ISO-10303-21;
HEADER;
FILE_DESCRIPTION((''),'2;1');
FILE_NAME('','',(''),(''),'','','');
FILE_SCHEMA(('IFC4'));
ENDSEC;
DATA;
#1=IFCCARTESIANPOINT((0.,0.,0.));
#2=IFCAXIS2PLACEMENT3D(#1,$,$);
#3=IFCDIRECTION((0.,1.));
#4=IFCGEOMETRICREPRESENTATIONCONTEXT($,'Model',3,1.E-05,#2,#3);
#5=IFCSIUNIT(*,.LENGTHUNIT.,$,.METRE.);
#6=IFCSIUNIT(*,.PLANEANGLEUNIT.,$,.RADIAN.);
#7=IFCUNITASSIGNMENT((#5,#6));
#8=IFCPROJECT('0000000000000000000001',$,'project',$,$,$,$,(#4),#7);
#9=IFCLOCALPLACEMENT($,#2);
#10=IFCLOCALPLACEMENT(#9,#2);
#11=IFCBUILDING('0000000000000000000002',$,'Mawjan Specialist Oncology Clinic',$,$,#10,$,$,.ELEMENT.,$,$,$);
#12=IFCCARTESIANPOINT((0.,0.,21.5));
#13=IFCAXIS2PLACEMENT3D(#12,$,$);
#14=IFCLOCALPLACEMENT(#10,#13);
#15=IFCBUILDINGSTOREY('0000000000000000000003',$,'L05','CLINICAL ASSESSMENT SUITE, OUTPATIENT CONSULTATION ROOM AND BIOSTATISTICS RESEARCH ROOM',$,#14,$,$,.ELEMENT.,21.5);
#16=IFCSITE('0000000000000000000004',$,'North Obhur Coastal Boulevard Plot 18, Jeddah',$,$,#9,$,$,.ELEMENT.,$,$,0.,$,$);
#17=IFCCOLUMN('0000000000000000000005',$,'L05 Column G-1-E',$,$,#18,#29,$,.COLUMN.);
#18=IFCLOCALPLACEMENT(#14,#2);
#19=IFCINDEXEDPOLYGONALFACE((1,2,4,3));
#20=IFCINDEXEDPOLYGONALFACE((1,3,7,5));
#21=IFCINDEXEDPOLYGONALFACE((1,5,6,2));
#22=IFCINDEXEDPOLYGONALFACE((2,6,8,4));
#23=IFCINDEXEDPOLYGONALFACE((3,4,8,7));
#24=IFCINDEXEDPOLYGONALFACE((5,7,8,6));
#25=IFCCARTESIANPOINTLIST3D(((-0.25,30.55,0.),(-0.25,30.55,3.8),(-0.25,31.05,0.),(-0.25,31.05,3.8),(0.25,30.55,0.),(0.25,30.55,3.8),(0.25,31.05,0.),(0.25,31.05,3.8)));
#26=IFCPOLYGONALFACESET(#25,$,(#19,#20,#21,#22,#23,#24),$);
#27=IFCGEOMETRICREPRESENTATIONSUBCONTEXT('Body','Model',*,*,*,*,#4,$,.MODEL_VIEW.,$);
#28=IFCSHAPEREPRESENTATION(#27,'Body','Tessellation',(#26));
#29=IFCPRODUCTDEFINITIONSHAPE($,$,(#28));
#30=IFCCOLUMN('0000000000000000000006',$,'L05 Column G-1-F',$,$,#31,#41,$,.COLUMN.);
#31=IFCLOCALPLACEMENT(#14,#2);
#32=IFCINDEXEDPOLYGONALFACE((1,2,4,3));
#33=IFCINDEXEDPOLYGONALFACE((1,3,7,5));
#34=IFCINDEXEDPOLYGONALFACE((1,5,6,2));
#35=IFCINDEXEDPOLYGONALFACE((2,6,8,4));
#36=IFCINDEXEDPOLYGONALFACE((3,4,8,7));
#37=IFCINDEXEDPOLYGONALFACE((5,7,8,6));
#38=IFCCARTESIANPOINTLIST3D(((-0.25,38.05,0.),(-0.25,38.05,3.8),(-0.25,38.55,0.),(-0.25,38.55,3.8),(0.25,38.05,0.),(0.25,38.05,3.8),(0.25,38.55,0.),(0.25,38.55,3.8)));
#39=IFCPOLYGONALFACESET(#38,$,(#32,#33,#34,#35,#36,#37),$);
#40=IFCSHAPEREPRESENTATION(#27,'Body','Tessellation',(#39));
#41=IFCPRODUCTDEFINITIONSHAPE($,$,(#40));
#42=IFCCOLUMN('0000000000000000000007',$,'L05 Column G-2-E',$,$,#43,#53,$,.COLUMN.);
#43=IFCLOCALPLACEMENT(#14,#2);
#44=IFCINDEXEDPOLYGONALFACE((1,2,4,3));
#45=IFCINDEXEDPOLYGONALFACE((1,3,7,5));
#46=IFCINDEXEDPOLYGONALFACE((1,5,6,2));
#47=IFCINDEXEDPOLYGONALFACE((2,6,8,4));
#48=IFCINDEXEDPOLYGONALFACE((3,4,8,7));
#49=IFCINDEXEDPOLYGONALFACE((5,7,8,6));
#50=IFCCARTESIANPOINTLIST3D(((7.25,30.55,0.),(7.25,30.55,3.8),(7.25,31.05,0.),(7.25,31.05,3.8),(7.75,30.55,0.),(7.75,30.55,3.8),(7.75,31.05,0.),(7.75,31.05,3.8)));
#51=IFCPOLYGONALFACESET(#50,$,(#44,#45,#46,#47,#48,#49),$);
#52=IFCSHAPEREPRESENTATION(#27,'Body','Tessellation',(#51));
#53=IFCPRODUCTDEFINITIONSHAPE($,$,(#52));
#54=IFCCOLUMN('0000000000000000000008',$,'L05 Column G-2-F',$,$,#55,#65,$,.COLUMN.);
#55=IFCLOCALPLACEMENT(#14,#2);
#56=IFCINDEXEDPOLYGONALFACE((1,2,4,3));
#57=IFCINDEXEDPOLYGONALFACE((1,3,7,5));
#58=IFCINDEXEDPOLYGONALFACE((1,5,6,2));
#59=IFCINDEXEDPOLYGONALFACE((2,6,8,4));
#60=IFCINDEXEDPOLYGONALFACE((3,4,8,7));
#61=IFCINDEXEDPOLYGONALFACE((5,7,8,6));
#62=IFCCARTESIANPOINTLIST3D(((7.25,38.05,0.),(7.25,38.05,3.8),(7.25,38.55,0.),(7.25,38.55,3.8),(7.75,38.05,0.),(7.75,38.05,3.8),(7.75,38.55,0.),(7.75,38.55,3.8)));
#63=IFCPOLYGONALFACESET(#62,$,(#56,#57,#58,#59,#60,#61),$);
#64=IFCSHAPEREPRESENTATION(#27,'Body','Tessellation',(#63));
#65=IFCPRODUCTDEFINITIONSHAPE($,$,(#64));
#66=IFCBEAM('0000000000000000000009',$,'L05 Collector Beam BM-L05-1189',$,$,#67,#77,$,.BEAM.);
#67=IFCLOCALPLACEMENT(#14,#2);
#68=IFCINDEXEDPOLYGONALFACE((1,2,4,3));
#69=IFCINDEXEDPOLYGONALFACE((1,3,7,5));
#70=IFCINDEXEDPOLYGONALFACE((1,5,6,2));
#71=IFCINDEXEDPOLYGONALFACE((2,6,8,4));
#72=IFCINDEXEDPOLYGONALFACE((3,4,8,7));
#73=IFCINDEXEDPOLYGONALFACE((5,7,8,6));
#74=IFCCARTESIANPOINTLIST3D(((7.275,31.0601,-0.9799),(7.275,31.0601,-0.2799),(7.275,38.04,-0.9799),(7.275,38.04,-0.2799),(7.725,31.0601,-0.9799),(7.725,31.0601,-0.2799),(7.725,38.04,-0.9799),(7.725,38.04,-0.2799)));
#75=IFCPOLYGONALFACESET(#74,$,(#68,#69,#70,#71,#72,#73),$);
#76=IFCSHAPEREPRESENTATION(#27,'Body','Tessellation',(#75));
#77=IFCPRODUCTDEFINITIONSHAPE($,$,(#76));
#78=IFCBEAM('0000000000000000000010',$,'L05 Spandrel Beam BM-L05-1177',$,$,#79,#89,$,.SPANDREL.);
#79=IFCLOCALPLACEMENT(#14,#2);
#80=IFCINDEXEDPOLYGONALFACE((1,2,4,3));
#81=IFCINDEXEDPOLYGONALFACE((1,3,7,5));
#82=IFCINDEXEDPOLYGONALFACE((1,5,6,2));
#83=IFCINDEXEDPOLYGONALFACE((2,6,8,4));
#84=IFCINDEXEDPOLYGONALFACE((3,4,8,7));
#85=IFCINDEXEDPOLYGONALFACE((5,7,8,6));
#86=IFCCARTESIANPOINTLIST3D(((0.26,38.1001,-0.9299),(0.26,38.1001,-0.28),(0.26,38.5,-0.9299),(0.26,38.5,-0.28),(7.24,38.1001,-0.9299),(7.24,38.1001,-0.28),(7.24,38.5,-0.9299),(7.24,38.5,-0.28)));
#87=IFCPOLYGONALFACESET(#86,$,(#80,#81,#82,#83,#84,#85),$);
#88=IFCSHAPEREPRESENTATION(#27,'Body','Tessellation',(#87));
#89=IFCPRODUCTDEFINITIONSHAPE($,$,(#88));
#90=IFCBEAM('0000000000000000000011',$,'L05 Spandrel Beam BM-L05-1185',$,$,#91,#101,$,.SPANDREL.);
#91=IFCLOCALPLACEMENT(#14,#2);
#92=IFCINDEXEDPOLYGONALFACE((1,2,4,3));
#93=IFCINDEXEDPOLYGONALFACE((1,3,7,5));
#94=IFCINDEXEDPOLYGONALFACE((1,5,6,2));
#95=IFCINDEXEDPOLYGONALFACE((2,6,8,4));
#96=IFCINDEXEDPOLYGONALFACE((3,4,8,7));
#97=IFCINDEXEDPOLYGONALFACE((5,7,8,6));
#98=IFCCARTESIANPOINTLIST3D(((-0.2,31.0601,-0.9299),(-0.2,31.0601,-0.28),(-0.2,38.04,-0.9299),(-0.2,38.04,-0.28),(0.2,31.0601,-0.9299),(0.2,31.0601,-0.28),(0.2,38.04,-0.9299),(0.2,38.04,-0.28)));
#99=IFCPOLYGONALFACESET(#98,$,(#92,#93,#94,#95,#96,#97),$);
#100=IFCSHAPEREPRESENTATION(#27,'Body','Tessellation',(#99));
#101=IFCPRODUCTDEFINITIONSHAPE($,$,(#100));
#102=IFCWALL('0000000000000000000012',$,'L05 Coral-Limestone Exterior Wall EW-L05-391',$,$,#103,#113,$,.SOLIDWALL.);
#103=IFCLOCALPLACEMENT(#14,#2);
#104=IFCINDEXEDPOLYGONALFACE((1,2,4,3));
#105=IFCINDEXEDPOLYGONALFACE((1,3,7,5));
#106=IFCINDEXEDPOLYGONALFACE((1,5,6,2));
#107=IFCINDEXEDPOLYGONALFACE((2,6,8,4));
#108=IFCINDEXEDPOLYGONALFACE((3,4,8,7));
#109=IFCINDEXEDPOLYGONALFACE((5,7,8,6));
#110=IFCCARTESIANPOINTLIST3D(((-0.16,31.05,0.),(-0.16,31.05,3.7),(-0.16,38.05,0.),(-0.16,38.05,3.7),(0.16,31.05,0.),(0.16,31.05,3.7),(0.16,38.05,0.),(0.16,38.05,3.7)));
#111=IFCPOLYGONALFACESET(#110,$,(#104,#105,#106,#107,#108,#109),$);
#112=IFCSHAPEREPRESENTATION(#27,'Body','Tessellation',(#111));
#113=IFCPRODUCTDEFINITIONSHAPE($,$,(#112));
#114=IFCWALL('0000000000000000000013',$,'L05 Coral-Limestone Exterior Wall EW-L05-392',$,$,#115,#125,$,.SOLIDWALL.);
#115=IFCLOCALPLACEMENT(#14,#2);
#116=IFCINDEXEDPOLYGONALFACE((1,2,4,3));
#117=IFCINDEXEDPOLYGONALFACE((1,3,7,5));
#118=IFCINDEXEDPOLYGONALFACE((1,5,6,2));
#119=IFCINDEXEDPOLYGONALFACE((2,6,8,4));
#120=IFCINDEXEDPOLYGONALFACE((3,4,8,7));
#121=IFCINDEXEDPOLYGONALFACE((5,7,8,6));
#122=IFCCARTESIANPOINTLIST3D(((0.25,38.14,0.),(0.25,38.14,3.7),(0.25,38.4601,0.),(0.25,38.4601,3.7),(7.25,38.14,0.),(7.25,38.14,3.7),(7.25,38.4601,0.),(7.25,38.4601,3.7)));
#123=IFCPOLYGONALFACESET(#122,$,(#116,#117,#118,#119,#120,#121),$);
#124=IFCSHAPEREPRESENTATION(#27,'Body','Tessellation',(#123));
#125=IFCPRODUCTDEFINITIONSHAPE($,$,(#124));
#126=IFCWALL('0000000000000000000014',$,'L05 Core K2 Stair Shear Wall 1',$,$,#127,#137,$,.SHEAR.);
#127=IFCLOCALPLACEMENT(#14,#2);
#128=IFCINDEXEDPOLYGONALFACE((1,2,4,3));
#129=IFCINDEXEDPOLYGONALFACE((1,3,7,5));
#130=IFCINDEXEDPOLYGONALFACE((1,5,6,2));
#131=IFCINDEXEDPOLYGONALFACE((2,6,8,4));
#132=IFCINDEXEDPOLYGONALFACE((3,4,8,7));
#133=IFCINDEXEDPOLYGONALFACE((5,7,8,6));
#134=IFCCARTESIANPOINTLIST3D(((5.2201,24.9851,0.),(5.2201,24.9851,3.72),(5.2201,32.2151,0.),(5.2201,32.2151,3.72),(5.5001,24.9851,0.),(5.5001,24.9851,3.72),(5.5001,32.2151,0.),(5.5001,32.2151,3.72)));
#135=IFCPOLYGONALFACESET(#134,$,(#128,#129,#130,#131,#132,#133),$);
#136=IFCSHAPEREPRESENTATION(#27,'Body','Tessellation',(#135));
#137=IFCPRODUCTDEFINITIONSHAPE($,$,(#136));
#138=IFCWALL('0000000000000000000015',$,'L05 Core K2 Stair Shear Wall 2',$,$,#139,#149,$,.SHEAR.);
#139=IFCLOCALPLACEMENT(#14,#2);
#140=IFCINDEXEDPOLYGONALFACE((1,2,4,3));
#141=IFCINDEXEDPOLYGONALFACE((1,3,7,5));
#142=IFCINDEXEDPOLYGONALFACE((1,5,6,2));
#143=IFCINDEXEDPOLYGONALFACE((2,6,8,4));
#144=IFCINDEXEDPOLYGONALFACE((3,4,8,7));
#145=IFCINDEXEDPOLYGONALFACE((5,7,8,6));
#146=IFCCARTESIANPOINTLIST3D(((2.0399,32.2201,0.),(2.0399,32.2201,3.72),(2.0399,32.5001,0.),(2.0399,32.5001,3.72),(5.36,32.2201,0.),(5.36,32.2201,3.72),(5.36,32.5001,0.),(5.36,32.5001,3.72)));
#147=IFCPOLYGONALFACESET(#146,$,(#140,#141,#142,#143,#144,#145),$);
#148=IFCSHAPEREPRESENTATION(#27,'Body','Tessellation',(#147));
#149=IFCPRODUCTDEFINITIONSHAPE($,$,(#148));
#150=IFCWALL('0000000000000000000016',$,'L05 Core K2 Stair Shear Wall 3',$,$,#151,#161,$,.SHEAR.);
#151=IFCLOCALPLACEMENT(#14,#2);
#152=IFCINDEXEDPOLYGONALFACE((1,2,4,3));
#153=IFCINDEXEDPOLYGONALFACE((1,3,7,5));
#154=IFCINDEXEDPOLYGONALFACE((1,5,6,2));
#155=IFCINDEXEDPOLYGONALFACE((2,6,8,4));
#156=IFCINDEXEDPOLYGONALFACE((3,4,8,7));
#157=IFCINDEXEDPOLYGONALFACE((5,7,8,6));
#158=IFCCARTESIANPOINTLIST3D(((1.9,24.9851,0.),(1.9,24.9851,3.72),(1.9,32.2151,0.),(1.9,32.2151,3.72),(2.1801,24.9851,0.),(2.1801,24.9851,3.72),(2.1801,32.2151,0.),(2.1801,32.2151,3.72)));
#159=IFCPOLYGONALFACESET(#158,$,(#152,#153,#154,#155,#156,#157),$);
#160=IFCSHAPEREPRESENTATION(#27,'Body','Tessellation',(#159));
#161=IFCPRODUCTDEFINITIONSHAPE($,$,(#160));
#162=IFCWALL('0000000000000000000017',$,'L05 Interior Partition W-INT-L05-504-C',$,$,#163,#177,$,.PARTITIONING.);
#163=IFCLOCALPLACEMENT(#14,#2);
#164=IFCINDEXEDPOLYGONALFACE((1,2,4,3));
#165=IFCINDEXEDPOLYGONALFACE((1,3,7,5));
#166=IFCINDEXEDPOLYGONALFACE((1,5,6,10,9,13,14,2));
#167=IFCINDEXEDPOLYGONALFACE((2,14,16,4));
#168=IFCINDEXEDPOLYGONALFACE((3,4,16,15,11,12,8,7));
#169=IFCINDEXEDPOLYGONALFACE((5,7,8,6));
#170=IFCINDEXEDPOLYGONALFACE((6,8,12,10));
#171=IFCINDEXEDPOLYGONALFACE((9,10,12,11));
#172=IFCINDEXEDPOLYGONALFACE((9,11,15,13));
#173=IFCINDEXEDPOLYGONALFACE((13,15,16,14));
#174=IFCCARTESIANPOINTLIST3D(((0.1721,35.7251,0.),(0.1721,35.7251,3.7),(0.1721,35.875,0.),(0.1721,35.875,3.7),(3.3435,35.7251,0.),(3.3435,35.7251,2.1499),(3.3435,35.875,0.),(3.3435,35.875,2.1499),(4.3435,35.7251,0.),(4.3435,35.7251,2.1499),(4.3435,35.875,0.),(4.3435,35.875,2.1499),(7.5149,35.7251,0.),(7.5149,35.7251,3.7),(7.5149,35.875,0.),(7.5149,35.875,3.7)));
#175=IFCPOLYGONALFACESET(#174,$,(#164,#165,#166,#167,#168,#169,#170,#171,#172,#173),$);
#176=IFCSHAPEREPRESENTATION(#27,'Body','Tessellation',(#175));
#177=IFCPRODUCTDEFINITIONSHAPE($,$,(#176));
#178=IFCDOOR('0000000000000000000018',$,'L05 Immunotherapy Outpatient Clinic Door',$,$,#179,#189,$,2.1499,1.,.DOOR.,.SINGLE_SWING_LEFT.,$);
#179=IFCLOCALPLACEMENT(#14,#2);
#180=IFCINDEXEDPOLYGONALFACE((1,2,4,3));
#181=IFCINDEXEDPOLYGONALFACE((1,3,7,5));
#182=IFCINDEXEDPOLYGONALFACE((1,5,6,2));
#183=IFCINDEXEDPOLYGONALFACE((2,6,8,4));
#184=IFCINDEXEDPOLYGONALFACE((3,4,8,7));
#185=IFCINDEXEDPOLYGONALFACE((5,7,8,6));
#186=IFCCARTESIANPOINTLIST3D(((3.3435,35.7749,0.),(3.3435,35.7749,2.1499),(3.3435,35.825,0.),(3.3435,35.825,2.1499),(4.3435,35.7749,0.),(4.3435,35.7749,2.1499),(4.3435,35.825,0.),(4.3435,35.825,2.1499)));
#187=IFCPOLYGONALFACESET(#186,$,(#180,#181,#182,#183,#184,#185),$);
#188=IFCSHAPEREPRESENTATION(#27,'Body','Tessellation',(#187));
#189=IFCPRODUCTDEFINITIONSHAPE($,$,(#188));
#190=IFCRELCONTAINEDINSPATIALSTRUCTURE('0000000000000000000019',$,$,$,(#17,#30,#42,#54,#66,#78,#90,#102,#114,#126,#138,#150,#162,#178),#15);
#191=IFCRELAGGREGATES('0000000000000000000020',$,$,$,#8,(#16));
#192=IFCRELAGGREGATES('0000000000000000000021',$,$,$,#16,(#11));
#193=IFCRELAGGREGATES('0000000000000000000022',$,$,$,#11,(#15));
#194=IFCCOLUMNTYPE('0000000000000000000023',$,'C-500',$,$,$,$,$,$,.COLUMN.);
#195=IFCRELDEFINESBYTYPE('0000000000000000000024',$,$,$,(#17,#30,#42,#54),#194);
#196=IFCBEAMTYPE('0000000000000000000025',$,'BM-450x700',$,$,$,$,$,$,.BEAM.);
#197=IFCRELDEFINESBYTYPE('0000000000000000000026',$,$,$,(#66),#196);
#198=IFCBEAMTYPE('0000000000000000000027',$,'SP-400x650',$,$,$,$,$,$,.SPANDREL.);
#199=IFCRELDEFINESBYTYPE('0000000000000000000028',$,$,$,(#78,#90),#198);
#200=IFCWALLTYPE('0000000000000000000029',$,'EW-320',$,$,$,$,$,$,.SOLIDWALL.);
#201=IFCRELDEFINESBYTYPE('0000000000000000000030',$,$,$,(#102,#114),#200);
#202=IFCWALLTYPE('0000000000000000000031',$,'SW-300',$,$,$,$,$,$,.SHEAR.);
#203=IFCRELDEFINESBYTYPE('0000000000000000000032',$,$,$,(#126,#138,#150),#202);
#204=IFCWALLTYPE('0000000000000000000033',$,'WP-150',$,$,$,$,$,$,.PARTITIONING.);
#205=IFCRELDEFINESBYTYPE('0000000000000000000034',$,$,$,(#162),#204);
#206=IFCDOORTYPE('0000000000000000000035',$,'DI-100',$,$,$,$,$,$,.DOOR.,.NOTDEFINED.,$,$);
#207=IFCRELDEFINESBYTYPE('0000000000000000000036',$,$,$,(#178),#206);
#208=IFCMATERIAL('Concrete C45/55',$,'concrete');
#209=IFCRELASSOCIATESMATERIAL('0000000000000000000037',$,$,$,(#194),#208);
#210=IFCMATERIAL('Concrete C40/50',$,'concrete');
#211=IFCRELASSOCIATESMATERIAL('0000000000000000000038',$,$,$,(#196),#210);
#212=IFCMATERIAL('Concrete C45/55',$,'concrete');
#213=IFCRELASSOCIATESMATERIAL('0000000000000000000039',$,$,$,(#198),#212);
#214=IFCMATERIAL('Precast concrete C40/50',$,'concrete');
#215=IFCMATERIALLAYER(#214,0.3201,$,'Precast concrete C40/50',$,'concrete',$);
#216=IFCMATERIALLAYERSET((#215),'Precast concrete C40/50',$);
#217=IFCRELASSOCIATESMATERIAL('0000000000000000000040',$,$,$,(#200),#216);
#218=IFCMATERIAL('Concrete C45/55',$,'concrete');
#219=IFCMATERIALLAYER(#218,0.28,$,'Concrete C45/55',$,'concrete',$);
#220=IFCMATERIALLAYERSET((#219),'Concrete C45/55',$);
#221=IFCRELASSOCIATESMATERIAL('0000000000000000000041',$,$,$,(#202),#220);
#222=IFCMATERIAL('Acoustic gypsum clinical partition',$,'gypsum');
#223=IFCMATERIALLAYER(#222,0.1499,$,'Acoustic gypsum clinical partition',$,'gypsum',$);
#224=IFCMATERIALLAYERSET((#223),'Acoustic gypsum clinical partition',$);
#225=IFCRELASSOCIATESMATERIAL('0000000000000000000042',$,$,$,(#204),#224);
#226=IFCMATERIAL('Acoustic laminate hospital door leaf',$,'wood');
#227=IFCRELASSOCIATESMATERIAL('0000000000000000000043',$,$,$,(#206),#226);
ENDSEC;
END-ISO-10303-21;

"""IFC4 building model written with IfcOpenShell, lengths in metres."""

from ifc_helpers import new_model, si_unit, direction, frame, frame_2d, origin, origin_2d, place, context, subcontext, project, spatial, rectangle, extrude, material, layer, layer_set, material_profile, profile_set, type_object, element, fill, save


model = new_model("IFC4")

# Units and contexts
model_context = context("Model", 3, precision=1e-05, world=origin(), true_north=direction((0.0, 1.0)))
body_context = subcontext(model_context, "Body", "Model", "MODEL_VIEW")
ifc_project = project(units=[si_unit("LENGTHUNIT", "METRE"), si_unit("PLANEANGLEUNIT", "RADIAN")], contexts=[model_context])

# Site, building, storey
site_placement = place(None, origin())
site = spatial("IfcSite", under=ifc_project, at=site_placement, Name="North Obhur Coastal Boulevard Plot 18, Jeddah", CompositionType="ELEMENT", RefElevation=0.0)
building_placement = place(site_placement, origin())
building = spatial("IfcBuilding", under=site, at=building_placement, Name="Mawjan Specialist Oncology Clinic", CompositionType="ELEMENT")
storey_placement = place(building_placement, frame((0.0, 0.0, 21.5)))
storey = spatial("IfcBuildingStorey", under=building, at=storey_placement, Name="L05", Description="CLINICAL ASSESSMENT SUITE, OUTPATIENT CONSULTATION ROOM AND BIOSTATISTICS RESEARCH ROOM", CompositionType="ELEMENT", Elevation=21.5)

# Columns
ifc_material_1 = material(Name="Concrete C45/55", Category="concrete")
ifc_material_profile_1 = material_profile(ifc_material_1, rectangle(XDim=0.5, YDim=0.5, at=origin_2d()), Name="RC COL 500x500", Category="concrete")
ifc_profile_set_1 = profile_set([ifc_material_profile_1], Name="Concrete C45/55")
column_type = type_object("IfcColumnType", Name="C-500", PredefinedType="COLUMN", material=ifc_profile_set_1)
for number, where, z_axis, x_axis, name in (
    (1, (0.0, 30.8, 0.0), (0.0, 0.0, 1.0), (1.0, 0.0, 0.0), "L05 Column G-1-E"),
    (2, (0.0, 38.3, 0.0), (0.0, 0.0, 1.0), (1.0, 0.0, 0.0), "L05 Column G-1-F"),
    (3, (7.5, 30.8, 0.0), (0.0, 0.0, 1.0), (1.0, 0.0, 0.0), "L05 Column G-2-E"),
    (4, (7.5, 38.3, 0.0), (0.0, 0.0, 1.0), (1.0, 0.0, 0.0), "L05 Column G-2-F"),
):
    element("IfcColumn", number, at=place(storey_placement, frame(where, z_axis=z_axis, x_axis=x_axis)), inside=storey, type_object=column_type, Name=name, PredefinedType="COLUMN", context=body_context, shape_type="SweptSolid", body=[
        extrude(rectangle(XDim=0.5, YDim=0.5, at=origin_2d()), origin(), (0.0, 0.0, 1.0), 3.8),
    ])

# Beams
ifc_material_2 = material(Name="Concrete C40/50", Category="concrete")
ifc_material_profile_2 = material_profile(ifc_material_2, rectangle(XDim=0.45, YDim=0.7, at=origin_2d()), Name="RC BM 450x700", Category="concrete")
ifc_profile_set_2 = profile_set([ifc_material_profile_2], Name="Concrete C40/50")
beam_type_1 = type_object("IfcBeamType", Name="BM-450x700", PredefinedType="BEAM", material=ifc_profile_set_2)
beam_placement = place(storey_placement, frame((7.5, 31.0601, -0.6299), z_axis=(0.0, 1.0, 0.0), x_axis=(-1.0, 0.0, 0.0)))
element("IfcBeam", 5, at=beam_placement, inside=storey, type_object=beam_type_1, Name="L05 Collector Beam BM-L05-1189", PredefinedType="BEAM", context=body_context, shape_type="SweptSolid", body=[
    extrude(rectangle(XDim=0.45, YDim=0.7, at=origin_2d()), origin(), (0.0, 0.0, 1.0), 6.98),
])
ifc_material_3 = material(Name="Concrete C45/55", Category="concrete")
ifc_material_profile_3 = material_profile(ifc_material_3, rectangle(XDim=0.3999, YDim=0.6499, at=origin_2d()), Name="RC BM 400x650", Category="concrete")
ifc_profile_set_3 = profile_set([ifc_material_profile_3], Name="Concrete C45/55")
beam_type_2 = type_object("IfcBeamType", Name="SP-400x650", PredefinedType="SPANDREL", material=ifc_profile_set_3)
for number, where, z_axis, x_axis, name in (
    (6, (0.26, 38.3, -0.605), (1.0, 0.0, 0.0), (0.0, 1.0, 0.0), "L05 Spandrel Beam BM-L05-1177"),
    (7, (0.0, 31.0601, -0.605), (0.0, 1.0, 0.0), (-1.0, 0.0, 0.0), "L05 Spandrel Beam BM-L05-1185"),
):
    element("IfcBeam", number, at=place(storey_placement, frame(where, z_axis=z_axis, x_axis=x_axis)), inside=storey, type_object=beam_type_2, Name=name, PredefinedType="SPANDREL", context=body_context, shape_type="SweptSolid", body=[
        extrude(rectangle(XDim=0.3999, YDim=0.6499, at=origin_2d()), origin(), (0.0, 0.0, 1.0), 6.98),
    ])

# Walls
ifc_material_4 = material(Name="Precast concrete C40/50", Category="concrete")
ifc_layer_1 = layer(ifc_material_4, 0.3201, Name="Precast concrete C40/50", Category="concrete")
ifc_layer_set_1 = layer_set([ifc_layer_1], Name="Precast concrete C40/50")
wall_type_1 = type_object("IfcWallType", Name="EW-320", PredefinedType="SOLIDWALL", material=ifc_layer_set_1)
for number, where, z_axis, x_axis, name in (
    (8, (0.0, 31.05, 0.0), (0.0, 0.0, 1.0), (0.0, 1.0, 0.0), "L05 Coral-Limestone Exterior Wall EW-L05-391"),
    (9, (0.25, 38.3, 0.0), (0.0, 0.0, 1.0), (1.0, 0.0, 0.0), "L05 Coral-Limestone Exterior Wall EW-L05-392"),
):
    element("IfcWall", number, at=place(storey_placement, frame(where, z_axis=z_axis, x_axis=x_axis)), inside=storey, type_object=wall_type_1, Name=name, PredefinedType="SOLIDWALL", context=body_context, shape_type="SweptSolid", body=[
        extrude(rectangle(XDim=7.0, YDim=0.3201, at=frame_2d((3.5, 0.0))), origin(), (0.0, 0.0, 1.0), 3.7),
    ])
ifc_material_5 = material(Name="Concrete C45/55", Category="concrete")
ifc_layer_2 = layer(ifc_material_5, 0.28, Name="Concrete C45/55", Category="concrete")
ifc_layer_set_2 = layer_set([ifc_layer_2], Name="Concrete C45/55")
wall_type_2 = type_object("IfcWallType", Name="SW-300", PredefinedType="SHEAR", material=ifc_layer_set_2)
wall_1_placement = place(storey_placement, frame((5.3601, 24.9851, 0.0), z_axis=(0.0, 0.0, 1.0), x_axis=(0.0, 1.0, 0.0)))
element("IfcWall", 10, at=wall_1_placement, inside=storey, type_object=wall_type_2, Name="L05 Core K2 Stair Shear Wall 1", PredefinedType="SHEAR", context=body_context, shape_type="SweptSolid", body=[
    extrude(rectangle(XDim=7.23, YDim=0.28, at=frame_2d((3.615, 0.0))), origin(), (0.0, 0.0, 1.0), 3.72),
])
wall_2_placement = place(storey_placement, frame((5.3601, 32.3601, 0.0), z_axis=(0.0, 0.0, 1.0), x_axis=(-1.0, 0.0, 0.0)))
element("IfcWall", 11, at=wall_2_placement, inside=storey, type_object=wall_type_2, Name="L05 Core K2 Stair Shear Wall 2", PredefinedType="SHEAR", context=body_context, shape_type="SweptSolid", body=[
    extrude(rectangle(XDim=3.3201, YDim=0.28, at=frame_2d((1.6602, 0.0))), origin(), (0.0, 0.0, 1.0), 3.72),
])
wall_3_placement = place(storey_placement, frame((2.04, 32.2151, 0.0), z_axis=(0.0, 0.0, 1.0), x_axis=(0.0, -1.0, 0.0)))
element("IfcWall", 12, at=wall_3_placement, inside=storey, type_object=wall_type_2, Name="L05 Core K2 Stair Shear Wall 3", PredefinedType="SHEAR", context=body_context, shape_type="SweptSolid", body=[
    extrude(rectangle(XDim=7.23, YDim=0.28, at=frame_2d((3.615, 0.0))), origin(), (0.0, 0.0, 1.0), 3.72),
])

# Wall, opening, door
ifc_material_6 = material(Name="Acoustic gypsum clinical partition", Category="gypsum")
ifc_layer_3 = layer(ifc_material_6, 0.1499, Name="Acoustic gypsum clinical partition", Category="gypsum")
ifc_layer_set_3 = layer_set([ifc_layer_3], Name="Acoustic gypsum clinical partition")
wall_type_3 = type_object("IfcWallType", Name="WP-150", PredefinedType="PARTITIONING", material=ifc_layer_set_3)
wall_4_placement = place(storey_placement, frame((0.1721, 35.8, 0.0), z_axis=(0.0, 0.0, 1.0), x_axis=(1.0, 0.0, 0.0)))
wall_4 = element("IfcWall", 13, at=wall_4_placement, inside=storey, type_object=wall_type_3, Name="L05 Interior Partition W-INT-L05-504-C", PredefinedType="PARTITIONING", context=body_context, shape_type="SweptSolid", body=[
    extrude(rectangle(XDim=7.3428, YDim=0.1499, at=frame_2d((3.6714, 0.0))), origin(), (0.0, 0.0, 1.0), 3.7),
])
opening_1_placement = place(wall_4_placement, frame((3.1714, 0.0, 0.0)))
opening_1 = element("IfcOpeningElement", 14, at=opening_1_placement, cuts=wall_4, PredefinedType="OPENING", context=body_context, shape_type="SweptSolid", body=[
    extrude(rectangle(XDim=1.0, YDim=2.1499, at=frame_2d((0.5, 1.075))), frame((0.0, 0.0869, 0.0), z_axis=(0.0, -1.0, 0.0), x_axis=(1.0, 0.0, 0.0)), (0.0, 0.0, 1.0), 0.1738),
])
ifc_material_7 = material(Name="Acoustic laminate hospital door leaf", Category="wood")
door_type_1 = type_object("IfcDoorType", Name="DI-100", OperationType="NOTDEFINED", PredefinedType="DOOR", material=ifc_material_7)
door_1_placement = place(opening_1_placement, origin())
door_1 = element("IfcDoor", 15, at=door_1_placement, inside=storey, type_object=door_type_1, Name="L05 Immunotherapy Outpatient Clinic Door", OperationType="SINGLE_SWING_LEFT", OverallHeight=2.1499, OverallWidth=1.0, PredefinedType="DOOR", context=body_context, shape_type="SweptSolid", body=[
    extrude(rectangle(XDim=1.0, YDim=2.1499, at=frame_2d((0.5, 1.075))), frame((0.0, 0.0249, 0.0), z_axis=(0.0, -1.0, 0.0), x_axis=(1.0, 0.0, 0.0)), (0.0, 0.0, 1.0), 0.05),
])
fill(opening_1, door_1)

save(model, "model.ifc")
